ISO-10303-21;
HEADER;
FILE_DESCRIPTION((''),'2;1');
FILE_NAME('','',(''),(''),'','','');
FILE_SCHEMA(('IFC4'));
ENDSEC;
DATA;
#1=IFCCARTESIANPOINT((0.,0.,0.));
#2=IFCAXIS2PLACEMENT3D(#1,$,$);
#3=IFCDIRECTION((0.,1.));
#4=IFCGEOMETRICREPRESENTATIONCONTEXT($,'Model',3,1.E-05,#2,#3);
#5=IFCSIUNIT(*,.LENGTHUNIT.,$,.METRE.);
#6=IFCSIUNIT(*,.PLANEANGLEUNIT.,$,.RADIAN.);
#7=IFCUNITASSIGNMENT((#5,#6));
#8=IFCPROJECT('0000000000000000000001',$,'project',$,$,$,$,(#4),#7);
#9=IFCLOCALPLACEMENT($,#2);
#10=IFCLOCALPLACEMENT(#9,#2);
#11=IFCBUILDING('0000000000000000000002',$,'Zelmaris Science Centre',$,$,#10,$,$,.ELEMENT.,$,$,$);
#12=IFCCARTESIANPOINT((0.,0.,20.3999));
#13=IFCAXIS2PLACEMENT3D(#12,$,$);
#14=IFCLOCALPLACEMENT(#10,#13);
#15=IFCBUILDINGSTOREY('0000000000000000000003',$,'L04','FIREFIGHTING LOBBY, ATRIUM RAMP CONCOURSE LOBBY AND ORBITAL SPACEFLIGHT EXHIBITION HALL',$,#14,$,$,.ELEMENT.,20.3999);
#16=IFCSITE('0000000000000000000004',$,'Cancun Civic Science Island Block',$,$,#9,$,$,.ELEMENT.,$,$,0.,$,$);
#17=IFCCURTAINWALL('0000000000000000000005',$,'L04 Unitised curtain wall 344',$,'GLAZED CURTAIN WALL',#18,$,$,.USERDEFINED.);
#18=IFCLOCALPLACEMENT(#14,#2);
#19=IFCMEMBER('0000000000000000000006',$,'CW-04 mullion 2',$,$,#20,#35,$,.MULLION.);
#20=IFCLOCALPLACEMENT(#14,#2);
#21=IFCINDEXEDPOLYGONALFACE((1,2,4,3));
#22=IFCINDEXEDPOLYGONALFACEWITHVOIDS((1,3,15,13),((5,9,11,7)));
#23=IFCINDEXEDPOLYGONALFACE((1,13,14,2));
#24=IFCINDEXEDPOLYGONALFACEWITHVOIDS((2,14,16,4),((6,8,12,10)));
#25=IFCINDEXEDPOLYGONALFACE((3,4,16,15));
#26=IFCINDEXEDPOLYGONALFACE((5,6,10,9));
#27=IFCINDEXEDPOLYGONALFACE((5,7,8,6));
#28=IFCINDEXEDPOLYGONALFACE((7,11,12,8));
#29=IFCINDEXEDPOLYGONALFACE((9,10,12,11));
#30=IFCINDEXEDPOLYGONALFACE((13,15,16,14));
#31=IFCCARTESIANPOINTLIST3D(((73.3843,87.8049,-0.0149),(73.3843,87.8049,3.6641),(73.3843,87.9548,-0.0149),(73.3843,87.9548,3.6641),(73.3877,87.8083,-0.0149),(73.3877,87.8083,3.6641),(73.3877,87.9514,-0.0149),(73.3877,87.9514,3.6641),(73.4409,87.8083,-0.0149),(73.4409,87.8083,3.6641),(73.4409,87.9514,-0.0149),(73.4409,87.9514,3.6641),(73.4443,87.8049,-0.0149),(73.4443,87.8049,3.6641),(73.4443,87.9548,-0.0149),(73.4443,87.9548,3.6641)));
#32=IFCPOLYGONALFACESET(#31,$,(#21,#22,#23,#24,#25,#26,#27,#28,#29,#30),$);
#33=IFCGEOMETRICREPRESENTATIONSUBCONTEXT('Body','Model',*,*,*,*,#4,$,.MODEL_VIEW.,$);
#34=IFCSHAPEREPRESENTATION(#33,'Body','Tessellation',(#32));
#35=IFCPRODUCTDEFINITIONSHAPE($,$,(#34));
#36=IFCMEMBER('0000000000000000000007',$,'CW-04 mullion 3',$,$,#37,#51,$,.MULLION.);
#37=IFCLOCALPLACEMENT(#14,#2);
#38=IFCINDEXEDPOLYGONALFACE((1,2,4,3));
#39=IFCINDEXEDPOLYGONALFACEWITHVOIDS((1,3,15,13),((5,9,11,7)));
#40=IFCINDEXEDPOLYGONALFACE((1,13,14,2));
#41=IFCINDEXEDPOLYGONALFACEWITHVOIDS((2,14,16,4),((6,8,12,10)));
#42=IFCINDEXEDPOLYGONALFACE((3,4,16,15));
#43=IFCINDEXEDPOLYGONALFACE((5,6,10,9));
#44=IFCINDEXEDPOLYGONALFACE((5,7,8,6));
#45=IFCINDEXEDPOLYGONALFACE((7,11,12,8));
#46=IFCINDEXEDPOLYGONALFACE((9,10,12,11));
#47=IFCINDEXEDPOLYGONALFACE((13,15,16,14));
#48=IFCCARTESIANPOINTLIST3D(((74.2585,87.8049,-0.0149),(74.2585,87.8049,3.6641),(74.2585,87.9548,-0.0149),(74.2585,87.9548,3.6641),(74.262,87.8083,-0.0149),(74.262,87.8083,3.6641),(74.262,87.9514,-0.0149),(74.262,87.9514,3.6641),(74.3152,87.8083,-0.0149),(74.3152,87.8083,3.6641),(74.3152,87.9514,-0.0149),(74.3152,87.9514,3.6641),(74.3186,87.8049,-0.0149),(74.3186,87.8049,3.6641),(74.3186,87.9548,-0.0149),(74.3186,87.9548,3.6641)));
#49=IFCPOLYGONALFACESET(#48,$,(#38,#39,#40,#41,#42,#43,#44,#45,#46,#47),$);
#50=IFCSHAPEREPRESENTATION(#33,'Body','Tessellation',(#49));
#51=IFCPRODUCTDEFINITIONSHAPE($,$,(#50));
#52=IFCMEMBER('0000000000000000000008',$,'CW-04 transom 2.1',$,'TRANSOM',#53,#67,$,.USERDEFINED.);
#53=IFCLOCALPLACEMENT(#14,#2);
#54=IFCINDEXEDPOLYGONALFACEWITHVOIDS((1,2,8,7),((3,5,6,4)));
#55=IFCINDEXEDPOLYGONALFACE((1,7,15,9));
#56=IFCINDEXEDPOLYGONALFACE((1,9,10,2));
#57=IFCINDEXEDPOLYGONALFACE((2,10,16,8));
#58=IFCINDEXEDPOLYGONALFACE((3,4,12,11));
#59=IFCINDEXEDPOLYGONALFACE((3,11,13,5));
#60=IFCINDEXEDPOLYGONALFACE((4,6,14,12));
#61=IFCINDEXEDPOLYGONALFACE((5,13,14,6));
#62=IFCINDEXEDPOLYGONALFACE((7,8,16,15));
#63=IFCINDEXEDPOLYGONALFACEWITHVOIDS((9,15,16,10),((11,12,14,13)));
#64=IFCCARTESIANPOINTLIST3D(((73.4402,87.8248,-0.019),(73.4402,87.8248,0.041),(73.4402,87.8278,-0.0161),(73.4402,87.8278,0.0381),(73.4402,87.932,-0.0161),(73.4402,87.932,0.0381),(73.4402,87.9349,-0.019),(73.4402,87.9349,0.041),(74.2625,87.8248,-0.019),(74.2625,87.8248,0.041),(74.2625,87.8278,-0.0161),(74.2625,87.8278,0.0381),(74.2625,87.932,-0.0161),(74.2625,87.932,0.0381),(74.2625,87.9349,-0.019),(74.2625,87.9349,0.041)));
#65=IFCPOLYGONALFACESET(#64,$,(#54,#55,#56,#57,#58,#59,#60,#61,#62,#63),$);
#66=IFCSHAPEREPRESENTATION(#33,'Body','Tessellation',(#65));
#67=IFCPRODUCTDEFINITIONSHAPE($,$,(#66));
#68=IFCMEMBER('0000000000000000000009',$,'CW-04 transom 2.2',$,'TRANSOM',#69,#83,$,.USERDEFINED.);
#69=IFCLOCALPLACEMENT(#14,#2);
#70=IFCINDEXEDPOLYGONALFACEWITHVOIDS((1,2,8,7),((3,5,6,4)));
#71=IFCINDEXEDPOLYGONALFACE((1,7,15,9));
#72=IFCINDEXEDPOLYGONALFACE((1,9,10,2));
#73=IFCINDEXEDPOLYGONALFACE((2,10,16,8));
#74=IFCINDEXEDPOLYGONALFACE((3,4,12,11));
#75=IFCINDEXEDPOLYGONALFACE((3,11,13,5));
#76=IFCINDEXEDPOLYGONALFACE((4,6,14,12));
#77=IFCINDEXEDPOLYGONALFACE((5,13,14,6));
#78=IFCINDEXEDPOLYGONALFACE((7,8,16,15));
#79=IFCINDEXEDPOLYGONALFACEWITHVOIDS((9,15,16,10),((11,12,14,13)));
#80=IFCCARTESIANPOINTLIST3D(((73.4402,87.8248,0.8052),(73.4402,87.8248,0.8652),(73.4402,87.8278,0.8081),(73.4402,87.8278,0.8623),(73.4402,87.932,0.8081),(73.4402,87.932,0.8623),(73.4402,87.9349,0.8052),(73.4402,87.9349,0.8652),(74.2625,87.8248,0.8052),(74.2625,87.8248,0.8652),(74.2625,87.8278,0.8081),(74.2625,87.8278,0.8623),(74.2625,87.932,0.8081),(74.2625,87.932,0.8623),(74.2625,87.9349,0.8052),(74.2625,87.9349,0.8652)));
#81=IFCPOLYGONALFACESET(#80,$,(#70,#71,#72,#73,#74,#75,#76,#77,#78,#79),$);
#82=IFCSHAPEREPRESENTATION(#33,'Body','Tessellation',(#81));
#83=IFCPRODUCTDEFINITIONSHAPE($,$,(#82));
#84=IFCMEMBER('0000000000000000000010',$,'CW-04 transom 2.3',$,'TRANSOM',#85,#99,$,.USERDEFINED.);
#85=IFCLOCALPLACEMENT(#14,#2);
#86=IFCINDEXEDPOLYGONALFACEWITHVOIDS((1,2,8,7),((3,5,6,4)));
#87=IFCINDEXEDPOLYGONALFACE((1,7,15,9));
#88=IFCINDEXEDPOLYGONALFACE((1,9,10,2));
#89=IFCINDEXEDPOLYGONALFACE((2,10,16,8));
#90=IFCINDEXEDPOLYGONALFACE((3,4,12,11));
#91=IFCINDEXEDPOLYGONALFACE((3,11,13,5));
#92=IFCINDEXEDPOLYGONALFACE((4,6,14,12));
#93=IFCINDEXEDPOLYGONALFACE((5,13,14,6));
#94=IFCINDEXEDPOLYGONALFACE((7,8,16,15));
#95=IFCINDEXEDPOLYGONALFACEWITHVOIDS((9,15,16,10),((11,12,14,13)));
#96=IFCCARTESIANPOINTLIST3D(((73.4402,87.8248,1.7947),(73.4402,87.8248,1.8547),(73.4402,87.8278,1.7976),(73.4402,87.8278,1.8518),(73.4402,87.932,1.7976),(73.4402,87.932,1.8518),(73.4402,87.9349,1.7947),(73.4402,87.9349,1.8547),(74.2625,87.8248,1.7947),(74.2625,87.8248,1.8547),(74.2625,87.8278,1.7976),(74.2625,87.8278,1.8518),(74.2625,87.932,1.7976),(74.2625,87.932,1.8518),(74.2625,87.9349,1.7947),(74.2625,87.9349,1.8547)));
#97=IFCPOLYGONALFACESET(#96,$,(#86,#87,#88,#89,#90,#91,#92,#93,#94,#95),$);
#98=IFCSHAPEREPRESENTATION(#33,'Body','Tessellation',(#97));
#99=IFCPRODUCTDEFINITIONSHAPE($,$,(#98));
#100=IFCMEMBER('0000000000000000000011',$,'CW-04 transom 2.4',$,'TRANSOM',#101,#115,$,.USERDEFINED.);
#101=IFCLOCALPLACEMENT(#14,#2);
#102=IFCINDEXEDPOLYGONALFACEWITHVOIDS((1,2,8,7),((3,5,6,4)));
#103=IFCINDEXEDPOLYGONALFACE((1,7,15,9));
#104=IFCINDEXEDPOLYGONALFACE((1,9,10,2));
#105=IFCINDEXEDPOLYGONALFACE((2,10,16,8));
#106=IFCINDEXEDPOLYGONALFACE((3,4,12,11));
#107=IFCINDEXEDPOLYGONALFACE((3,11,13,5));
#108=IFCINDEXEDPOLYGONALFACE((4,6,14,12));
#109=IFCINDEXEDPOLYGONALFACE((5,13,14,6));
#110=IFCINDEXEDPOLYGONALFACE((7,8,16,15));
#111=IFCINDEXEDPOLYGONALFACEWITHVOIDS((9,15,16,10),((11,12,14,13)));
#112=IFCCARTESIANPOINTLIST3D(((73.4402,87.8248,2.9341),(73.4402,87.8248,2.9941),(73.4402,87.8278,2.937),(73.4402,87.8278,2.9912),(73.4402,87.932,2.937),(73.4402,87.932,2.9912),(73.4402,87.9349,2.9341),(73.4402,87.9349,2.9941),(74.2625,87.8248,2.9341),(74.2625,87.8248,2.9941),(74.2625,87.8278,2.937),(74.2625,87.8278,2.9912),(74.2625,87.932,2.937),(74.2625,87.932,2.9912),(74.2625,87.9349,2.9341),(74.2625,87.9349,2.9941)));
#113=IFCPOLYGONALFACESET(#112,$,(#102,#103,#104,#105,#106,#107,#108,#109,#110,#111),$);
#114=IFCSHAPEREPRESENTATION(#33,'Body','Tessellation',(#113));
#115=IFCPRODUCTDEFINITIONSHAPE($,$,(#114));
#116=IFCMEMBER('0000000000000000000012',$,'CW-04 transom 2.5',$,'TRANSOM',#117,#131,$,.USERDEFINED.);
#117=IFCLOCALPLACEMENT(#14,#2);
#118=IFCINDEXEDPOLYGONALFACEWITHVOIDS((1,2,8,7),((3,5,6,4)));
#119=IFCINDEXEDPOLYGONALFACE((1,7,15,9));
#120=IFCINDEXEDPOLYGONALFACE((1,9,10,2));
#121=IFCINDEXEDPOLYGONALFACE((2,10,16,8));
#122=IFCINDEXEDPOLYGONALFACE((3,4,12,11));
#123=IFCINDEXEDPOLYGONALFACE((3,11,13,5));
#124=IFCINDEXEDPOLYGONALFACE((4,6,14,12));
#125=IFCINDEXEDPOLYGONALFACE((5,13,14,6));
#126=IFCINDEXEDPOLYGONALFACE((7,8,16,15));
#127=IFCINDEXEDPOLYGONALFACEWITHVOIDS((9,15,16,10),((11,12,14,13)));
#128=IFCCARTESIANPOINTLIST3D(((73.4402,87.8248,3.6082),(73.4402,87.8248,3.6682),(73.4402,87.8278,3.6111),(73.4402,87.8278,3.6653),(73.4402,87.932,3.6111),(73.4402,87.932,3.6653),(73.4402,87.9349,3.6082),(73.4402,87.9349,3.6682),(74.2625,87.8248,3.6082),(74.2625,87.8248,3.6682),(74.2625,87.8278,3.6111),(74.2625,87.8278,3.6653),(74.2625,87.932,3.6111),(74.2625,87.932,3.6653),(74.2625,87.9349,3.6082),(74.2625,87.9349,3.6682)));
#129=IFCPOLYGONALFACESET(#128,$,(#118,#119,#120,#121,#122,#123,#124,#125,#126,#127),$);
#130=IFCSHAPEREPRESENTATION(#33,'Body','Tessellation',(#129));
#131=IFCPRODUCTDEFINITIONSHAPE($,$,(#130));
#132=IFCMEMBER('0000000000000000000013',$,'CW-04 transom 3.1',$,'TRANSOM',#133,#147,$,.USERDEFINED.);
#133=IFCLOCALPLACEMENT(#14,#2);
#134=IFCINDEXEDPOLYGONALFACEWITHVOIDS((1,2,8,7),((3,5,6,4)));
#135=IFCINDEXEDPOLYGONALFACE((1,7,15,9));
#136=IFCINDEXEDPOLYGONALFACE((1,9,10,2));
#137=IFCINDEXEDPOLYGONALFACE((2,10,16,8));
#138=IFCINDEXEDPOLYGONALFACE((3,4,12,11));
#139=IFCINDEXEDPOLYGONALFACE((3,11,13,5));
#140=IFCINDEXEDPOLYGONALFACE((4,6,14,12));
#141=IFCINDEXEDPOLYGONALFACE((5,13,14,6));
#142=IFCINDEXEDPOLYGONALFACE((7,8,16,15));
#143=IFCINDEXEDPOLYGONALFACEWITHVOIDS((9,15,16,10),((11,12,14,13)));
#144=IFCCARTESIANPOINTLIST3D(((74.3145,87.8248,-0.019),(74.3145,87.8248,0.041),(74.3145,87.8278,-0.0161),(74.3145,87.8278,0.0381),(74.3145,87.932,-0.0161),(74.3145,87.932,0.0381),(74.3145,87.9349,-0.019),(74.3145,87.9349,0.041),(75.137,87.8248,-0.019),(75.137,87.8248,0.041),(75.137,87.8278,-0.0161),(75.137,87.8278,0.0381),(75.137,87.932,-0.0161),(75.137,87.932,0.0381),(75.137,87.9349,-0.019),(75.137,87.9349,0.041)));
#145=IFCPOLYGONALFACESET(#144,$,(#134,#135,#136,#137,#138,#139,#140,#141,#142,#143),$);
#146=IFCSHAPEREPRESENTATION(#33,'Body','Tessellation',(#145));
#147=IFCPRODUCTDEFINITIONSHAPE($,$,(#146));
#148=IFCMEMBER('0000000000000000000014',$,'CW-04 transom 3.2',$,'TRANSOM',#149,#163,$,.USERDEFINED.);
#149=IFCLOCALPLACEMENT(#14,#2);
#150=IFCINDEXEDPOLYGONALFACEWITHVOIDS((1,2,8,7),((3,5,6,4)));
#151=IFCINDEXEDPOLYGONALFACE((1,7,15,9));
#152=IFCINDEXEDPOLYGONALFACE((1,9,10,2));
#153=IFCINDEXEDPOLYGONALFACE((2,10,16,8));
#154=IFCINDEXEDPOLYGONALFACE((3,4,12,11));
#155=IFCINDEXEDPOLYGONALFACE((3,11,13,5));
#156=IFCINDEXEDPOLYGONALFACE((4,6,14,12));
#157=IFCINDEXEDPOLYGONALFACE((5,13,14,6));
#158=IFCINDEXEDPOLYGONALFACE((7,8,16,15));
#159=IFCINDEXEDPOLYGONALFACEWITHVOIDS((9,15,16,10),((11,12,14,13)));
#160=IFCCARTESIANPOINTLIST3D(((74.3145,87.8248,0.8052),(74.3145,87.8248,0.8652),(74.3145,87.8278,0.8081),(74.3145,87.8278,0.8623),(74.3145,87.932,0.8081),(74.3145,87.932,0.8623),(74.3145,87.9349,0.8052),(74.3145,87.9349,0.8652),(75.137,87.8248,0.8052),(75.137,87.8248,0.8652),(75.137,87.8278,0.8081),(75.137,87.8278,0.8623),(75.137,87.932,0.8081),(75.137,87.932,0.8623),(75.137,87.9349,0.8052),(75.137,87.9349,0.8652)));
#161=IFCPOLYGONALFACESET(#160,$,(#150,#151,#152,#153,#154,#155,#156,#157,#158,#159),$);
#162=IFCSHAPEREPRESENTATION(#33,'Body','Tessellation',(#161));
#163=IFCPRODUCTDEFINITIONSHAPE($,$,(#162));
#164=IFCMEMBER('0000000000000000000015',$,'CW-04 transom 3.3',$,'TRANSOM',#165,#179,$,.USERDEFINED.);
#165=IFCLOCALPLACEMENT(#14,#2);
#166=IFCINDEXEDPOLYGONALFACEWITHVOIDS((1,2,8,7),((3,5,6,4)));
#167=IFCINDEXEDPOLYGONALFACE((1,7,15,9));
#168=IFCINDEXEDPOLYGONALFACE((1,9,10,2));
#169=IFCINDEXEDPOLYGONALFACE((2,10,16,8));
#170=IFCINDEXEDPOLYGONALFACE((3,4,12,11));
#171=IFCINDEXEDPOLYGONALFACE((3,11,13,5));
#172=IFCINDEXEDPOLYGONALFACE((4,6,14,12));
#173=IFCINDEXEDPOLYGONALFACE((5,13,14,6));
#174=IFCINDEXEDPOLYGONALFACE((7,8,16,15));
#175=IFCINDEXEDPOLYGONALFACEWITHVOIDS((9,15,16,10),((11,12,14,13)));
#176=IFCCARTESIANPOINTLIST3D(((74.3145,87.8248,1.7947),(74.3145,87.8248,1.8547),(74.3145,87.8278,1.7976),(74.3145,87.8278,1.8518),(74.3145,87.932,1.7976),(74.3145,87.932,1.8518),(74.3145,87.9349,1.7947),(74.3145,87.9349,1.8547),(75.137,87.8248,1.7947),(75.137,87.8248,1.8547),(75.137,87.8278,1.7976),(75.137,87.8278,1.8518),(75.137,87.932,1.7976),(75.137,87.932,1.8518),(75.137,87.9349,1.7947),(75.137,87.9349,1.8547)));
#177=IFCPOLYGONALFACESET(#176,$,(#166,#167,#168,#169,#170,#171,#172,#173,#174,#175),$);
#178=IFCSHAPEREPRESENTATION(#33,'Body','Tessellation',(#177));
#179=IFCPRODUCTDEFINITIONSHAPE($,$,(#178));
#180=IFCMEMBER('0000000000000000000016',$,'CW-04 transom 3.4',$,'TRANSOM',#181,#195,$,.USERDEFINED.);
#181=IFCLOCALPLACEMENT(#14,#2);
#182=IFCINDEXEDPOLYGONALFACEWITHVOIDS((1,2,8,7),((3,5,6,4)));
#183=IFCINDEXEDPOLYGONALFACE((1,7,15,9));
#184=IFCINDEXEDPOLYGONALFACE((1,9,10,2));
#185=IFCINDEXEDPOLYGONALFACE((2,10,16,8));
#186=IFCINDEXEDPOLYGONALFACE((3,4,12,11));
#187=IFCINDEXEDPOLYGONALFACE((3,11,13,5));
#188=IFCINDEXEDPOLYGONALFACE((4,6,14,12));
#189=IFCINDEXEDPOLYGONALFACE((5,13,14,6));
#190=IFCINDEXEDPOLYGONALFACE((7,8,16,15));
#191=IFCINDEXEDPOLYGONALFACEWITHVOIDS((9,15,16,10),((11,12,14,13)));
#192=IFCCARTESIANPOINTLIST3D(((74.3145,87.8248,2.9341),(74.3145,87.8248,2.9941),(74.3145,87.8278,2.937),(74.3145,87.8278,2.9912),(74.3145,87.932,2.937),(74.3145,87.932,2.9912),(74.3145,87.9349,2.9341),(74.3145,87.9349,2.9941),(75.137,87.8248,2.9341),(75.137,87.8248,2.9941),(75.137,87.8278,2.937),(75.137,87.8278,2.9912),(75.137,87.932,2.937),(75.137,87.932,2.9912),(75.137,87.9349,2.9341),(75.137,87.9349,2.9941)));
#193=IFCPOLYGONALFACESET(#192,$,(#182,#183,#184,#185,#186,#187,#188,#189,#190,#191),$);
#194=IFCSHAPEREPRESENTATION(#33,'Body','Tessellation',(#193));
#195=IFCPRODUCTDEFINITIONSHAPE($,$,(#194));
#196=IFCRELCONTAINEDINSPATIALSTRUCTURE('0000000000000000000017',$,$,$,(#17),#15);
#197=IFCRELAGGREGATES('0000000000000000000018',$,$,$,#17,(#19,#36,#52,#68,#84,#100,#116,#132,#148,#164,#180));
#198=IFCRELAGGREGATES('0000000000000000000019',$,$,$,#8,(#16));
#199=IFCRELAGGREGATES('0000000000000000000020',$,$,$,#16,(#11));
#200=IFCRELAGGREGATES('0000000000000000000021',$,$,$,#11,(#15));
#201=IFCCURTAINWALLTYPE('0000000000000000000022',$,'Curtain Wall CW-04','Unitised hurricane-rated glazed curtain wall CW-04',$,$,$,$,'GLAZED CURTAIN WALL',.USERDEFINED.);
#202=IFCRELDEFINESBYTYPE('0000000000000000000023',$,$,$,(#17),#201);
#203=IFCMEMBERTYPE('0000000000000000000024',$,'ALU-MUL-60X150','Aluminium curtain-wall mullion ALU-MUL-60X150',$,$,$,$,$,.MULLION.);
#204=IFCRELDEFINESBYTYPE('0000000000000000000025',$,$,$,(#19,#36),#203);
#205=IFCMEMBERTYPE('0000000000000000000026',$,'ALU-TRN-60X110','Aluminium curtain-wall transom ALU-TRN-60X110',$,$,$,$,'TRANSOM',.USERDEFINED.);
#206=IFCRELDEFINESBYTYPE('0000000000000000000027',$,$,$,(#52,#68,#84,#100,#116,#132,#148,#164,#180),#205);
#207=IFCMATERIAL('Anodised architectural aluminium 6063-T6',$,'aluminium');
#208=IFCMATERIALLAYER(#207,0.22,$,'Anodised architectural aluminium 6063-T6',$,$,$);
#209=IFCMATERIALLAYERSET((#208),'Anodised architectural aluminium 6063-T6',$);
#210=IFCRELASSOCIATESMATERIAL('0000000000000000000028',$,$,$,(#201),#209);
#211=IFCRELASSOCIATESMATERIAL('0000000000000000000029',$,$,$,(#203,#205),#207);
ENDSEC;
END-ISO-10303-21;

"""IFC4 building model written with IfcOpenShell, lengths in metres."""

from ifc_helpers import new_model, si_unit, direction, frame, origin, origin_2d, place, context, subcontext, project, spatial, hollow_rectangle, extrude, material, layer, layer_set, material_profile, profile_set, type_object, element, aggregate, save


model = new_model("IFC4")

# Units and contexts
model_context = context("Model", 3, precision=1e-05, world=origin(), true_north=direction((0.0, 1.0)))
body_context = subcontext(model_context, "Body", "Model", "MODEL_VIEW")
ifc_project = project(units=[si_unit("LENGTHUNIT", "METRE"), si_unit("PLANEANGLEUNIT", "RADIAN")], contexts=[model_context])

# Site, building, storey
site_placement = place(None, origin())
site = spatial("IfcSite", under=ifc_project, at=site_placement, Name="Cancun Civic Science Island Block", CompositionType="ELEMENT", RefElevation=0.0)
building_placement = place(site_placement, origin())
building = spatial("IfcBuilding", under=site, at=building_placement, Name="Zelmaris Science Centre", CompositionType="ELEMENT")
storey_placement = place(building_placement, frame((0.0, 0.0, 20.3999)))
storey = spatial("IfcBuildingStorey", under=building, at=storey_placement, Name="L04", Description="FIREFIGHTING LOBBY, ATRIUM RAMP CONCOURSE LOBBY AND ORBITAL SPACEFLIGHT EXHIBITION HALL", CompositionType="ELEMENT", Elevation=20.3999)

# Curtain wall, members
ifc_material_1 = material(Name="Anodised architectural aluminium 6063-T6", Category="aluminium")
ifc_layer_1 = layer(ifc_material_1, 0.22, Name="Anodised architectural aluminium 6063-T6")
ifc_layer_set_1 = layer_set([ifc_layer_1], Name="Anodised architectural aluminium 6063-T6")
curtain_wall_type = type_object("IfcCurtainWallType", Name="Curtain Wall CW-04", Description="Unitised hurricane-rated glazed curtain wall CW-04", ElementType="GLAZED CURTAIN WALL", PredefinedType="USERDEFINED", material=ifc_layer_set_1)
curtain_wall_placement = place(storey_placement, origin())
curtain_wall = element("IfcCurtainWall", 1, at=curtain_wall_placement, inside=storey, type_object=curtain_wall_type, Name="L04 Unitised curtain wall 344", ObjectType="GLAZED CURTAIN WALL", PredefinedType="USERDEFINED")
ifc_material_profile_1 = material_profile(ifc_material_1, hollow_rectangle(XDim=0.0601, YDim=0.1499, WallThickness=0.0034, at=origin_2d()), Name="ALU-MUL-60X150")
ifc_profile_set_1 = profile_set([ifc_material_profile_1], Name="Anodised architectural aluminium 6063-T6")
member_type_1 = type_object("IfcMemberType", Name="ALU-MUL-60X150", Description="Aluminium curtain-wall mullion ALU-MUL-60X150", PredefinedType="MULLION", material=ifc_profile_set_1)
member_1_placement = place(storey_placement, frame((73.4143, 87.8799, -0.0149), z_axis=(0.0, 0.0, 1.0), x_axis=(1.0, 0.0, 0.0)))
member_1 = element("IfcMember", 2, at=member_1_placement, type_object=member_type_1, Name="CW-04 mullion 2", PredefinedType="MULLION", context=body_context, shape_type="SweptSolid", body=[
    extrude(hollow_rectangle(XDim=0.0601, YDim=0.1499, WallThickness=0.0034, at=origin_2d()), origin(), (0.0, 0.0, 1.0), 3.679),
])
member_2_placement = place(storey_placement, frame((74.2886, 87.8799, -0.0149), z_axis=(0.0, 0.0, 1.0), x_axis=(1.0, 0.0, 0.0)))
member_2 = element("IfcMember", 3, at=member_2_placement, type_object=member_type_1, Name="CW-04 mullion 3", PredefinedType="MULLION", context=body_context, shape_type="SweptSolid", body=[
    extrude(hollow_rectangle(XDim=0.0601, YDim=0.1499, WallThickness=0.0034, at=origin_2d()), origin(), (0.0, 0.0, 1.0), 3.679),
])
ifc_material_profile_2 = material_profile(ifc_material_1, hollow_rectangle(XDim=0.0601, YDim=0.1101, WallThickness=0.0029, at=origin_2d()), Name="ALU-TRN-60X110")
ifc_profile_set_2 = profile_set([ifc_material_profile_2], Name="Anodised architectural aluminium 6063-T6")
member_type_2 = type_object("IfcMemberType", Name="ALU-TRN-60X110", Description="Aluminium curtain-wall transom ALU-TRN-60X110", ElementType="TRANSOM", PredefinedType="USERDEFINED", material=ifc_profile_set_2)
member_3_placement = place(storey_placement, frame((73.4402, 87.8799, 0.011), z_axis=(1.0, 0.0, 0.0), x_axis=(0.0, 0.0, 1.0)))
member_3 = element("IfcMember", 4, at=member_3_placement, type_object=member_type_2, Name="CW-04 transom 2.1", ObjectType="TRANSOM", PredefinedType="USERDEFINED", context=body_context, shape_type="SweptSolid", body=[
    extrude(hollow_rectangle(XDim=0.0601, YDim=0.1101, WallThickness=0.0029, at=origin_2d()), origin(), (0.0, 0.0, 1.0), 0.8223),
])
member_4_placement = place(storey_placement, frame((73.4402, 87.8799, 0.8352), z_axis=(1.0, 0.0, 0.0), x_axis=(0.0, 0.0, 1.0)))
member_4 = element("IfcMember", 5, at=member_4_placement, type_object=member_type_2, Name="CW-04 transom 2.2", ObjectType="TRANSOM", PredefinedType="USERDEFINED", context=body_context, shape_type="SweptSolid", body=[
    extrude(hollow_rectangle(XDim=0.0601, YDim=0.1101, WallThickness=0.0029, at=origin_2d()), origin(), (0.0, 0.0, 1.0), 0.8223),
])
member_5_placement = place(storey_placement, frame((73.4402, 87.8799, 1.8247), z_axis=(1.0, 0.0, 0.0), x_axis=(0.0, 0.0, 1.0)))
member_5 = element("IfcMember", 6, at=member_5_placement, type_object=member_type_2, Name="CW-04 transom 2.3", ObjectType="TRANSOM", PredefinedType="USERDEFINED", context=body_context, shape_type="SweptSolid", body=[
    extrude(hollow_rectangle(XDim=0.0601, YDim=0.1101, WallThickness=0.0029, at=origin_2d()), origin(), (0.0, 0.0, 1.0), 0.8223),
])
member_6_placement = place(storey_placement, frame((73.4402, 87.8799, 2.9641), z_axis=(1.0, 0.0, 0.0), x_axis=(0.0, 0.0, 1.0)))
member_6 = element("IfcMember", 7, at=member_6_placement, type_object=member_type_2, Name="CW-04 transom 2.4", ObjectType="TRANSOM", PredefinedType="USERDEFINED", context=body_context, shape_type="SweptSolid", body=[
    extrude(hollow_rectangle(XDim=0.0601, YDim=0.1101, WallThickness=0.0029, at=origin_2d()), origin(), (0.0, 0.0, 1.0), 0.8223),
])
member_7_placement = place(storey_placement, frame((73.4402, 87.8799, 3.6382), z_axis=(1.0, 0.0, 0.0), x_axis=(0.0, 0.0, 1.0)))
member_7 = element("IfcMember", 8, at=member_7_placement, type_object=member_type_2, Name="CW-04 transom 2.5", ObjectType="TRANSOM", PredefinedType="USERDEFINED", context=body_context, shape_type="SweptSolid", body=[
    extrude(hollow_rectangle(XDim=0.0601, YDim=0.1101, WallThickness=0.0029, at=origin_2d()), origin(), (0.0, 0.0, 1.0), 0.8223),
])
member_8_placement = place(storey_placement, frame((74.3145, 87.8799, 0.011), z_axis=(1.0, 0.0, 0.0), x_axis=(0.0, 0.0, 1.0)))
member_8 = element("IfcMember", 9, at=member_8_placement, type_object=member_type_2, Name="CW-04 transom 3.1", ObjectType="TRANSOM", PredefinedType="USERDEFINED", context=body_context, shape_type="SweptSolid", body=[
    extrude(hollow_rectangle(XDim=0.0601, YDim=0.1101, WallThickness=0.0029, at=origin_2d()), origin(), (0.0, 0.0, 1.0), 0.8225),
])
member_9_placement = place(storey_placement, frame((74.3145, 87.8799, 0.8352), z_axis=(1.0, 0.0, 0.0), x_axis=(0.0, 0.0, 1.0)))
member_9 = element("IfcMember", 10, at=member_9_placement, type_object=member_type_2, Name="CW-04 transom 3.2", ObjectType="TRANSOM", PredefinedType="USERDEFINED", context=body_context, shape_type="SweptSolid", body=[
    extrude(hollow_rectangle(XDim=0.0601, YDim=0.1101, WallThickness=0.0029, at=origin_2d()), origin(), (0.0, 0.0, 1.0), 0.8225),
])
member_10_placement = place(storey_placement, frame((74.3145, 87.8799, 1.8247), z_axis=(1.0, 0.0, 0.0), x_axis=(0.0, 0.0, 1.0)))
member_10 = element("IfcMember", 11, at=member_10_placement, type_object=member_type_2, Name="CW-04 transom 3.3", ObjectType="TRANSOM", PredefinedType="USERDEFINED", context=body_context, shape_type="SweptSolid", body=[
    extrude(hollow_rectangle(XDim=0.0601, YDim=0.1101, WallThickness=0.0029, at=origin_2d()), origin(), (0.0, 0.0, 1.0), 0.8225),
])
member_11_placement = place(storey_placement, frame((74.3145, 87.8799, 2.9641), z_axis=(1.0, 0.0, 0.0), x_axis=(0.0, 0.0, 1.0)))
member_11 = element("IfcMember", 12, at=member_11_placement, type_object=member_type_2, Name="CW-04 transom 3.4", ObjectType="TRANSOM", PredefinedType="USERDEFINED", context=body_context, shape_type="SweptSolid", body=[
    extrude(hollow_rectangle(XDim=0.0601, YDim=0.1101, WallThickness=0.0029, at=origin_2d()), origin(), (0.0, 0.0, 1.0), 0.8225),
])
aggregate(curtain_wall, [member_1, member_2, member_3, member_4, member_5, member_6, member_7, member_8, member_9, member_10, member_11])

save(model, "model.ifc")
